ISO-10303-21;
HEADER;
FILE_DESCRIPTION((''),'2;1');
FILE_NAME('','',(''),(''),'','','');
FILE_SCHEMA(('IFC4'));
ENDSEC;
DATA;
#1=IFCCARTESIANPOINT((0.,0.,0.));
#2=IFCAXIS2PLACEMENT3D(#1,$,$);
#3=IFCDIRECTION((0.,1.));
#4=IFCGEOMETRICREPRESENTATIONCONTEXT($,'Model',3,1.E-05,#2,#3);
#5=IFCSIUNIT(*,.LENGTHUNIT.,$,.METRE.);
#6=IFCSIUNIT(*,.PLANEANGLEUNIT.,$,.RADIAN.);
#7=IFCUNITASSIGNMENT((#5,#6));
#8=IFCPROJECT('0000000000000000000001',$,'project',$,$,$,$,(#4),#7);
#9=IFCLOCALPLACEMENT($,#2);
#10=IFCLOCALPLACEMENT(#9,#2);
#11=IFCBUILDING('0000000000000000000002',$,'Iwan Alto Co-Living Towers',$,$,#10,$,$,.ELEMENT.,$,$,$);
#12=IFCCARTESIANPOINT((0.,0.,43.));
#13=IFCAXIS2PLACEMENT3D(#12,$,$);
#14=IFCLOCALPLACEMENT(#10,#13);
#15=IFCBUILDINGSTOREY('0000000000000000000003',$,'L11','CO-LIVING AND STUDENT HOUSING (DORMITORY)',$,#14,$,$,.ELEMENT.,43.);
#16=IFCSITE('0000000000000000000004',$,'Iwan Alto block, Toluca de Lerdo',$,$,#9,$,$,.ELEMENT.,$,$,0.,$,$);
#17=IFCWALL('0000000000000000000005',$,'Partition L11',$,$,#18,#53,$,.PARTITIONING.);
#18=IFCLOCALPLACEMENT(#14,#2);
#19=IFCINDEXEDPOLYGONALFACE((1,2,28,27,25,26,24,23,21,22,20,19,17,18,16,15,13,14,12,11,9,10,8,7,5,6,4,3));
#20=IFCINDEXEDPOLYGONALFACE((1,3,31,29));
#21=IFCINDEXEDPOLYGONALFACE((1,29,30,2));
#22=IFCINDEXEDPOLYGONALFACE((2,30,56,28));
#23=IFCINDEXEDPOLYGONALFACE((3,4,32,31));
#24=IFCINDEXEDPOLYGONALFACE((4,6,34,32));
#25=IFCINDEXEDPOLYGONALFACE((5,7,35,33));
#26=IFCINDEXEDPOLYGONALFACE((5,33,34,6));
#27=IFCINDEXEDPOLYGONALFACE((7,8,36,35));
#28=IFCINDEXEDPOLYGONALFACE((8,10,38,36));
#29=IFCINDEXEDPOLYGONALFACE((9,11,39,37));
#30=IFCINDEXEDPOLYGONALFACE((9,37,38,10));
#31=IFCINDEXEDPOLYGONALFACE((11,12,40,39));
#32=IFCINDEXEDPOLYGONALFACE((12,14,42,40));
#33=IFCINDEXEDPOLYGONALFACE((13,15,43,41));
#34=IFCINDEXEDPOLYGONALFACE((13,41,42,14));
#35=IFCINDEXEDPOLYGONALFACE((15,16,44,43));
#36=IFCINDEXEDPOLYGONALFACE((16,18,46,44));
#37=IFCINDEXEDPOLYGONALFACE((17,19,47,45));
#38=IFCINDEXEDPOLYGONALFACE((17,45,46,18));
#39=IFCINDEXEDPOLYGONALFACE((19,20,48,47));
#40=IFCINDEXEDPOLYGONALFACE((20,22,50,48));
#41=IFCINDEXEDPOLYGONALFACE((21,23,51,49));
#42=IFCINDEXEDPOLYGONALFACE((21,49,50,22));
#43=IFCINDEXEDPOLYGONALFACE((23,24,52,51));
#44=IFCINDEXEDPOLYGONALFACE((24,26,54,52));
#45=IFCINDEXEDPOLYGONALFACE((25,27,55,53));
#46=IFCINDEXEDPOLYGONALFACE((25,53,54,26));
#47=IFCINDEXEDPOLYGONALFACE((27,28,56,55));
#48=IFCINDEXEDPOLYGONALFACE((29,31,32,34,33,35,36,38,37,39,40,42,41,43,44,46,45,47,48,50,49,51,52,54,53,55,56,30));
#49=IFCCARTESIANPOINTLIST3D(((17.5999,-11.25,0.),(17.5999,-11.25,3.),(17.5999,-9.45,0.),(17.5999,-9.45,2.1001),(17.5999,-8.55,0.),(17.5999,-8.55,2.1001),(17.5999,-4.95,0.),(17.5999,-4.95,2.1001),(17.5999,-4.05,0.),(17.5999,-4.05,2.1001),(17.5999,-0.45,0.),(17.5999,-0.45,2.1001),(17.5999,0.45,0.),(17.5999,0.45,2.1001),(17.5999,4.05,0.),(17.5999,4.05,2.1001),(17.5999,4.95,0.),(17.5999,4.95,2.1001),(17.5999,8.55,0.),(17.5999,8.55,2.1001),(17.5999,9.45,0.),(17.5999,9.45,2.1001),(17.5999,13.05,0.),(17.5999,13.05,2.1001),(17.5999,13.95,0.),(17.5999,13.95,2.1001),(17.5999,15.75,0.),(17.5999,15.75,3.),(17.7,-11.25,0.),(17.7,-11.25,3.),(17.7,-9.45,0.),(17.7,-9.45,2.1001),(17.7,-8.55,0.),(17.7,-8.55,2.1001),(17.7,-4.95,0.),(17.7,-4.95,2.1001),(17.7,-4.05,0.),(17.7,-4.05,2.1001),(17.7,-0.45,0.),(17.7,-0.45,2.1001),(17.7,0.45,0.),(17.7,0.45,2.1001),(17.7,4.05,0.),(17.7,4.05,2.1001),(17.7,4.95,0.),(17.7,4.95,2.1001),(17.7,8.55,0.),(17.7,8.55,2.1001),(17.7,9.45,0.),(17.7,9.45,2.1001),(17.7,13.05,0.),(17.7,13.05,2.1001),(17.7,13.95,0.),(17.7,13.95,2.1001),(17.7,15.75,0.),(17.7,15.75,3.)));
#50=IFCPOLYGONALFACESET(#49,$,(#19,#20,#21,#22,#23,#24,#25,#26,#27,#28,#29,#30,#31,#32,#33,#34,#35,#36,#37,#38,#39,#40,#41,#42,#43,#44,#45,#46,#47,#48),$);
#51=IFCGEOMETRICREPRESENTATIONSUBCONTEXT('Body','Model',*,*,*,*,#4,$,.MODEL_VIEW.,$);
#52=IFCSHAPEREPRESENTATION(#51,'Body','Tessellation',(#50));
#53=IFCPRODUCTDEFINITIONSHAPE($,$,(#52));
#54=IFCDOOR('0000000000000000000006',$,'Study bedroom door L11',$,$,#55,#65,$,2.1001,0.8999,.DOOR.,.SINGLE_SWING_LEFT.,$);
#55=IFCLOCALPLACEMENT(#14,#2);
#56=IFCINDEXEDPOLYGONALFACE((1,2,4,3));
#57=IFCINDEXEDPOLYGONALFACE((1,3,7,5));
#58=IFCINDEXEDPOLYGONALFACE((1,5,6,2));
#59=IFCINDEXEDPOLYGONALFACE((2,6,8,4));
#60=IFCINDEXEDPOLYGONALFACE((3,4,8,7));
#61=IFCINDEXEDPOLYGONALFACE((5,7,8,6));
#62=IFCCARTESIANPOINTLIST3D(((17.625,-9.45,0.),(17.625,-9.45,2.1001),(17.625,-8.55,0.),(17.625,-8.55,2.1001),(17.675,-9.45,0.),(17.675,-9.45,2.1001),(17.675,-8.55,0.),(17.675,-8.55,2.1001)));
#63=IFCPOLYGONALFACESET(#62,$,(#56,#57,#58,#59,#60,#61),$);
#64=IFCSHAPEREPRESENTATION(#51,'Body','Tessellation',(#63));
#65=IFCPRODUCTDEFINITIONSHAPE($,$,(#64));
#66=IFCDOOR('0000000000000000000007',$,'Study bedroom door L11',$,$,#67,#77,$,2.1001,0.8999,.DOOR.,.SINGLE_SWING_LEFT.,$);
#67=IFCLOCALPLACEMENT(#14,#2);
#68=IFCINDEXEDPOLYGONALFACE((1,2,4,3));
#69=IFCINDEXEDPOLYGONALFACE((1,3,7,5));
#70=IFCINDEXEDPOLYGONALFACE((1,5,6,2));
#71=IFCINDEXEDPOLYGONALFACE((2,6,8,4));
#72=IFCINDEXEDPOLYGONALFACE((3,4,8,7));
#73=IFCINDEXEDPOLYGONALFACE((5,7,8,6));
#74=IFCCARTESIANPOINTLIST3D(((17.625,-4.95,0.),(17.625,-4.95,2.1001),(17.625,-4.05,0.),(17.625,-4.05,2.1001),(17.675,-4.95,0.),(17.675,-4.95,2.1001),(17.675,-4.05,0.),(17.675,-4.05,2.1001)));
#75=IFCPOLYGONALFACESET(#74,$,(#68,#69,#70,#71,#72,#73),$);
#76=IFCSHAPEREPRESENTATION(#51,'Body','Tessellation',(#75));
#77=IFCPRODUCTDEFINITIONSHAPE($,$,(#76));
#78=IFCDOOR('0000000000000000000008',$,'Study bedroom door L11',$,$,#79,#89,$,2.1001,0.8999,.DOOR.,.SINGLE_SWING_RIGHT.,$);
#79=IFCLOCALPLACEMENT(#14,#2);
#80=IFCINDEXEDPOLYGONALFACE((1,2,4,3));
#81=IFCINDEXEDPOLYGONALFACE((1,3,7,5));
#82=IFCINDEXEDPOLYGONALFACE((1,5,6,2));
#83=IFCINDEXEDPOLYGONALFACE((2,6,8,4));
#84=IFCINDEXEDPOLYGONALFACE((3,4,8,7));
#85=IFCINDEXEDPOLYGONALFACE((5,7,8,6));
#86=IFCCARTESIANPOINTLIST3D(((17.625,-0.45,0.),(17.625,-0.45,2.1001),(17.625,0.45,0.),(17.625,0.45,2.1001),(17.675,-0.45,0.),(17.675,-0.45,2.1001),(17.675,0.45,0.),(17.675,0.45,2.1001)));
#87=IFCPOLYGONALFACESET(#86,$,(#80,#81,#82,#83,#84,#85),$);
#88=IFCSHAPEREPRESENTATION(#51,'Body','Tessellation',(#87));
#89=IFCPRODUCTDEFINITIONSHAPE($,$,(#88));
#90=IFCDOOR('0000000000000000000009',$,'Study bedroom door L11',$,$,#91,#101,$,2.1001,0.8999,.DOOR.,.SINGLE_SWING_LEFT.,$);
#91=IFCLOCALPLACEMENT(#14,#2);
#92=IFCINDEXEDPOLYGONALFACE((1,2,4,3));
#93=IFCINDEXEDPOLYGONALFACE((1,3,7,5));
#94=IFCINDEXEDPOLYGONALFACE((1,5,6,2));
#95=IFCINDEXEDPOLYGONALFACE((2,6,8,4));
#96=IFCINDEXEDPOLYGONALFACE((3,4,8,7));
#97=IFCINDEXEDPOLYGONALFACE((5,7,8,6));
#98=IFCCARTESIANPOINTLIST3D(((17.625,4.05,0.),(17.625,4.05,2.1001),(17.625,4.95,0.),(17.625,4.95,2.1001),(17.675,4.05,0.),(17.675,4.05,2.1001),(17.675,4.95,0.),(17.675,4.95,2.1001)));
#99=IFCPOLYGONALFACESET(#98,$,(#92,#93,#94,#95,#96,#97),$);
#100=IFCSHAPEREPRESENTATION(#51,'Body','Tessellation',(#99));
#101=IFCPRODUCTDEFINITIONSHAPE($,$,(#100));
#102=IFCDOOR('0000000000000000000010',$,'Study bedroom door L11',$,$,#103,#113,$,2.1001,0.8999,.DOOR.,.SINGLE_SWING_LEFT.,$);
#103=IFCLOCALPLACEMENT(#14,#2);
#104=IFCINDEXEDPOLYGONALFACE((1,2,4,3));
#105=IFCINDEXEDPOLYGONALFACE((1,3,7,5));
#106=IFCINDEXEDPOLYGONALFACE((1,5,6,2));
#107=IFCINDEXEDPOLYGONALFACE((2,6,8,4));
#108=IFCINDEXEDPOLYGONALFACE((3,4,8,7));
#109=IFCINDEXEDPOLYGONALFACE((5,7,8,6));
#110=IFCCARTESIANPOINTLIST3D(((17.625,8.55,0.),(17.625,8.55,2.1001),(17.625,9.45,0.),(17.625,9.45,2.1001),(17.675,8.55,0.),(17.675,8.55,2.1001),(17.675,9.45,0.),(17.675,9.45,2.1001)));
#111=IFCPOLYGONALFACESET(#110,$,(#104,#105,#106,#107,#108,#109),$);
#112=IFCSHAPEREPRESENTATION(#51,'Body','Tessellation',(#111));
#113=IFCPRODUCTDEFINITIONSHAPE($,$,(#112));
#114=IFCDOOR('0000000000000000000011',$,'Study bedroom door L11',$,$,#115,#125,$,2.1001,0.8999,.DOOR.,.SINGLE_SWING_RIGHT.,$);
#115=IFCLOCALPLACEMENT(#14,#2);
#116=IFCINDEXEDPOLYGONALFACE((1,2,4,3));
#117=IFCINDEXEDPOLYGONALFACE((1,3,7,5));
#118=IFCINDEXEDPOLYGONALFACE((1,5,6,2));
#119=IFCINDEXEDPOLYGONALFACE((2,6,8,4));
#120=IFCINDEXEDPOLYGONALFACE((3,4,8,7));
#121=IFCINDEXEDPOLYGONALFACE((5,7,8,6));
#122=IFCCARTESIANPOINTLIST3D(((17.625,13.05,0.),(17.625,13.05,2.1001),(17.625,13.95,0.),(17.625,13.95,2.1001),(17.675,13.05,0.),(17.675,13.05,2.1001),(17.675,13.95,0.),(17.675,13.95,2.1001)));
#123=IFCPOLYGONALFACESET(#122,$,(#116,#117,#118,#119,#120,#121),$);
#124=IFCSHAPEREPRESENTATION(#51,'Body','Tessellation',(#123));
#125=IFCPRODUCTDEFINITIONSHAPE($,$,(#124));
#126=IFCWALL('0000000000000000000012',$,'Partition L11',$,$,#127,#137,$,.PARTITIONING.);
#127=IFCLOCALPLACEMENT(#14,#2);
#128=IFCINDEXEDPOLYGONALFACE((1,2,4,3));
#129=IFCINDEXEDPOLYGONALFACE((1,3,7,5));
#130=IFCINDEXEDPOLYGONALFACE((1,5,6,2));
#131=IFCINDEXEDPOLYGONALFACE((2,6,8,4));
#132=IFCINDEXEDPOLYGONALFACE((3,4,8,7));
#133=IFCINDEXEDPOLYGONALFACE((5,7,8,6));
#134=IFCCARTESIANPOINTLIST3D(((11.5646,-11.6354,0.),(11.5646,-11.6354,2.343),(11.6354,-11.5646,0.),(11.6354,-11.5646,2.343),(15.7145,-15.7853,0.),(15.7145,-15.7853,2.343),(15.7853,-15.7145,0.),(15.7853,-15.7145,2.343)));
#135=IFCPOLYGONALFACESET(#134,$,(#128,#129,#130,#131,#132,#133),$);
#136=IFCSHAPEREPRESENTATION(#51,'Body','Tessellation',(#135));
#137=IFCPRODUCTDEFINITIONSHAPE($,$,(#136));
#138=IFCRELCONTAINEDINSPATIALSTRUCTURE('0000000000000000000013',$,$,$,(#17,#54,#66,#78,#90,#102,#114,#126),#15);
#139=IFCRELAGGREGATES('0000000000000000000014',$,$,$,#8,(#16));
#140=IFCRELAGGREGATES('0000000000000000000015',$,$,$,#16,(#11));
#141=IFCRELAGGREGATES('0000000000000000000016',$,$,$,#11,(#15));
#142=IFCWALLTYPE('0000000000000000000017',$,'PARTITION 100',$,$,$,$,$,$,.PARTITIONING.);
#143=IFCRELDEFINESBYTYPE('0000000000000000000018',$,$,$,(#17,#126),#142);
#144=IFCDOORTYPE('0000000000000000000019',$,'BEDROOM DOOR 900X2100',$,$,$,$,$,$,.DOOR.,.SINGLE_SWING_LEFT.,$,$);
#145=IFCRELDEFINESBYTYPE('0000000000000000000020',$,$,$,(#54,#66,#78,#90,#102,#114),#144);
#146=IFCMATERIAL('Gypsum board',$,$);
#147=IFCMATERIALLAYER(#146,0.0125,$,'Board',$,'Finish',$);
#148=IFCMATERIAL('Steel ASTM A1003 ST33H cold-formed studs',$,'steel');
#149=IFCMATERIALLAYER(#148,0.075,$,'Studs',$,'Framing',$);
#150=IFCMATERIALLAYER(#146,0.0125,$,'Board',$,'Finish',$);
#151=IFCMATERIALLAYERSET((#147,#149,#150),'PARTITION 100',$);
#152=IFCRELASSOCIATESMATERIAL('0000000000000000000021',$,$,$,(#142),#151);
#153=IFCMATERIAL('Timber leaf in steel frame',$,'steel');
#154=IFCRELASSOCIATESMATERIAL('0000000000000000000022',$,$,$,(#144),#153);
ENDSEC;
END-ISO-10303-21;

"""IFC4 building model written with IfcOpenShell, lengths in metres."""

from ifc_helpers import new_model, si_unit, direction, frame, frame_2d, origin, place, context, subcontext, project, spatial, rectangle, extrude, material, layer, layer_set, type_object, element, fill, save


model = new_model("IFC4")

# Units and contexts
model_context = context("Model", 3, precision=1e-05, world=origin(), true_north=direction((0.0, 1.0)))
body_context = subcontext(model_context, "Body", "Model", "MODEL_VIEW")
ifc_project = project(units=[si_unit("LENGTHUNIT", "METRE"), si_unit("PLANEANGLEUNIT", "RADIAN")], contexts=[model_context])

# Site, building, storey
site_placement = place(None, origin())
site = spatial("IfcSite", under=ifc_project, at=site_placement, Name="Iwan Alto block, Toluca de Lerdo", CompositionType="ELEMENT", RefElevation=0.0)
building_placement = place(site_placement, origin())
building = spatial("IfcBuilding", under=site, at=building_placement, Name="Iwan Alto Co-Living Towers", CompositionType="ELEMENT")
storey_placement = place(building_placement, frame((0.0, 0.0, 43.0)))
storey = spatial("IfcBuildingStorey", under=building, at=storey_placement, Name="L11", Description="CO-LIVING AND STUDENT HOUSING (DORMITORY)", CompositionType="ELEMENT", Elevation=43.0)

# Shared definitions
ifc_material_1 = material(Name="Gypsum board")
ifc_layer_1 = layer(ifc_material_1, 0.0125, Name="Board", Category="Finish")
ifc_material_2 = material(Name="Steel ASTM A1003 ST33H cold-formed studs", Category="steel")
ifc_layer_2 = layer(ifc_material_2, 0.075, Name="Studs", Category="Framing")
ifc_layer_3 = layer(ifc_material_1, 0.0125, Name="Board", Category="Finish")
ifc_layer_set_1 = layer_set([ifc_layer_1, ifc_layer_2, ifc_layer_3], Name="PARTITION 100")
wall_type_1 = type_object("IfcWallType", Name="PARTITION 100", PredefinedType="PARTITIONING", material=ifc_layer_set_1)

# Wall, openings, doors
wall_1_placement = place(storey_placement, frame((17.6499, -11.25, 0.0), z_axis=(0.0, 0.0, 1.0), x_axis=(0.0, 1.0, 0.0)))
wall_1 = element("IfcWall", 1, at=wall_1_placement, inside=storey, type_object=wall_type_1, Name="Partition L11", PredefinedType="PARTITIONING", context=body_context, shape_type="SweptSolid", body=[
    extrude(rectangle(XDim=27.0, YDim=0.1001, at=frame_2d((13.5, 0.0))), origin(), (0.0, 0.0, 1.0), 3.0),
])
opening_1_placement = place(wall_1_placement, frame((1.8, 0.0, 0.0)))
opening_1 = element("IfcOpeningElement", 2, at=opening_1_placement, cuts=wall_1, PredefinedType="OPENING", context=body_context, shape_type="SweptSolid", body=[
    extrude(rectangle(XDim=0.8999, YDim=2.1001, at=frame_2d((0.45, 1.05))), frame((0.0, 0.0601, 0.0), z_axis=(0.0, -1.0, 0.0), x_axis=(1.0, 0.0, 0.0)), (0.0, 0.0, 1.0), 0.1201),
])
opening_2_placement = place(wall_1_placement, frame((6.3, 0.0, 0.0)))
opening_2 = element("IfcOpeningElement", 3, at=opening_2_placement, cuts=wall_1, PredefinedType="OPENING", context=body_context, shape_type="SweptSolid", body=[
    extrude(rectangle(XDim=0.8999, YDim=2.1001, at=frame_2d((0.45, 1.05))), frame((0.0, 0.0601, 0.0), z_axis=(0.0, -1.0, 0.0), x_axis=(1.0, 0.0, 0.0)), (0.0, 0.0, 1.0), 0.1201),
])
opening_3_placement = place(wall_1_placement, frame((10.8, 0.0, 0.0)))
opening_3 = element("IfcOpeningElement", 4, at=opening_3_placement, cuts=wall_1, PredefinedType="OPENING", context=body_context, shape_type="SweptSolid", body=[
    extrude(rectangle(XDim=0.8999, YDim=2.1001, at=frame_2d((0.45, 1.05))), frame((0.0, 0.0601, 0.0), z_axis=(0.0, -1.0, 0.0), x_axis=(1.0, 0.0, 0.0)), (0.0, 0.0, 1.0), 0.1201),
])
opening_4_placement = place(wall_1_placement, frame((15.3, 0.0, 0.0)))
opening_4 = element("IfcOpeningElement", 5, at=opening_4_placement, cuts=wall_1, PredefinedType="OPENING", context=body_context, shape_type="SweptSolid", body=[
    extrude(rectangle(XDim=0.8999, YDim=2.1001, at=frame_2d((0.45, 1.05))), frame((0.0, 0.0601, 0.0), z_axis=(0.0, -1.0, 0.0), x_axis=(1.0, 0.0, 0.0)), (0.0, 0.0, 1.0), 0.1201),
])
opening_5_placement = place(wall_1_placement, frame((19.8, 0.0, 0.0)))
opening_5 = element("IfcOpeningElement", 6, at=opening_5_placement, cuts=wall_1, PredefinedType="OPENING", context=body_context, shape_type="SweptSolid", body=[
    extrude(rectangle(XDim=0.8999, YDim=2.1001, at=frame_2d((0.45, 1.05))), frame((0.0, 0.0601, 0.0), z_axis=(0.0, -1.0, 0.0), x_axis=(1.0, 0.0, 0.0)), (0.0, 0.0, 1.0), 0.1201),
])
opening_6_placement = place(wall_1_placement, frame((24.3, 0.0, 0.0)))
opening_6 = element("IfcOpeningElement", 7, at=opening_6_placement, cuts=wall_1, PredefinedType="OPENING", context=body_context, shape_type="SweptSolid", body=[
    extrude(rectangle(XDim=0.8999, YDim=2.1001, at=frame_2d((0.45, 1.05))), frame((0.0, 0.0601, 0.0), z_axis=(0.0, -1.0, 0.0), x_axis=(1.0, 0.0, 0.0)), (0.0, 0.0, 1.0), 0.1201),
])
ifc_material_3 = material(Name="Timber leaf in steel frame", Category="steel")
door_type_1 = type_object("IfcDoorType", Name="BEDROOM DOOR 900X2100", OperationType="SINGLE_SWING_LEFT", PredefinedType="DOOR", material=ifc_material_3)
door_1_placement = place(opening_1_placement, origin())
door_1 = element("IfcDoor", 8, at=door_1_placement, inside=storey, type_object=door_type_1, Name="Study bedroom door L11", OperationType="SINGLE_SWING_LEFT", OverallHeight=2.1001, OverallWidth=0.8999, PredefinedType="DOOR", context=body_context, shape_type="SweptSolid", body=[
    extrude(rectangle(XDim=0.8999, YDim=2.1001, at=frame_2d((0.45, 1.05))), frame((0.0, 0.0249, 0.0), z_axis=(0.0, -1.0, 0.0), x_axis=(1.0, 0.0, 0.0)), (0.0, 0.0, 1.0), 0.05),
])
fill(opening_1, door_1)
door_2_placement = place(opening_2_placement, origin())
door_2 = element("IfcDoor", 9, at=door_2_placement, inside=storey, type_object=door_type_1, Name="Study bedroom door L11", OperationType="SINGLE_SWING_LEFT", OverallHeight=2.1001, OverallWidth=0.8999, PredefinedType="DOOR", context=body_context, shape_type="SweptSolid", body=[
    extrude(rectangle(XDim=0.8999, YDim=2.1001, at=frame_2d((0.45, 1.05))), frame((0.0, 0.0249, 0.0), z_axis=(0.0, -1.0, 0.0), x_axis=(1.0, 0.0, 0.0)), (0.0, 0.0, 1.0), 0.05),
])
fill(opening_2, door_2)
door_3_placement = place(opening_3_placement, origin())
door_3 = element("IfcDoor", 10, at=door_3_placement, inside=storey, type_object=door_type_1, Name="Study bedroom door L11", OperationType="SINGLE_SWING_RIGHT", OverallHeight=2.1001, OverallWidth=0.8999, PredefinedType="DOOR", context=body_context, shape_type="SweptSolid", body=[
    extrude(rectangle(XDim=0.8999, YDim=2.1001, at=frame_2d((0.45, 1.05))), frame((0.0, 0.0249, 0.0), z_axis=(0.0, -1.0, 0.0), x_axis=(1.0, 0.0, 0.0)), (0.0, 0.0, 1.0), 0.05),
])
fill(opening_3, door_3)
door_4_placement = place(opening_4_placement, origin())
door_4 = element("IfcDoor", 11, at=door_4_placement, inside=storey, type_object=door_type_1, Name="Study bedroom door L11", OperationType="SINGLE_SWING_LEFT", OverallHeight=2.1001, OverallWidth=0.8999, PredefinedType="DOOR", context=body_context, shape_type="SweptSolid", body=[
    extrude(rectangle(XDim=0.8999, YDim=2.1001, at=frame_2d((0.45, 1.05))), frame((0.0, 0.0249, 0.0), z_axis=(0.0, -1.0, 0.0), x_axis=(1.0, 0.0, 0.0)), (0.0, 0.0, 1.0), 0.05),
])
fill(opening_4, door_4)
door_5_placement = place(opening_5_placement, origin())
door_5 = element("IfcDoor", 12, at=door_5_placement, inside=storey, type_object=door_type_1, Name="Study bedroom door L11", OperationType="SINGLE_SWING_LEFT", OverallHeight=2.1001, OverallWidth=0.8999, PredefinedType="DOOR", context=body_context, shape_type="SweptSolid", body=[
    extrude(rectangle(XDim=0.8999, YDim=2.1001, at=frame_2d((0.45, 1.05))), frame((0.0, 0.0249, 0.0), z_axis=(0.0, -1.0, 0.0), x_axis=(1.0, 0.0, 0.0)), (0.0, 0.0, 1.0), 0.05),
])
fill(opening_5, door_5)
door_6_placement = place(opening_6_placement, origin())
door_6 = element("IfcDoor", 13, at=door_6_placement, inside=storey, type_object=door_type_1, Name="Study bedroom door L11", OperationType="SINGLE_SWING_RIGHT", OverallHeight=2.1001, OverallWidth=0.8999, PredefinedType="DOOR", context=body_context, shape_type="SweptSolid", body=[
    extrude(rectangle(XDim=0.8999, YDim=2.1001, at=frame_2d((0.45, 1.05))), frame((0.0, 0.0249, 0.0), z_axis=(0.0, -1.0, 0.0), x_axis=(1.0, 0.0, 0.0)), (0.0, 0.0, 1.0), 0.05),
])
fill(opening_6, door_6)

# Wall
wall_2_placement = place(storey_placement, frame((15.75, -15.75, 0.0), z_axis=(0.0, 0.0, 1.0), x_axis=(-0.707107, 0.707107, 0.0)))
element("IfcWall", 14, at=wall_2_placement, inside=storey, type_object=wall_type_1, Name="Partition L11", PredefinedType="PARTITIONING", context=body_context, shape_type="SweptSolid", body=[
    extrude(rectangle(XDim=5.8689, YDim=0.1001, at=frame_2d((2.9346, 0.0))), origin(), (0.0, 0.0, 1.0), 2.343),
])

save(model, "model.ifc")
